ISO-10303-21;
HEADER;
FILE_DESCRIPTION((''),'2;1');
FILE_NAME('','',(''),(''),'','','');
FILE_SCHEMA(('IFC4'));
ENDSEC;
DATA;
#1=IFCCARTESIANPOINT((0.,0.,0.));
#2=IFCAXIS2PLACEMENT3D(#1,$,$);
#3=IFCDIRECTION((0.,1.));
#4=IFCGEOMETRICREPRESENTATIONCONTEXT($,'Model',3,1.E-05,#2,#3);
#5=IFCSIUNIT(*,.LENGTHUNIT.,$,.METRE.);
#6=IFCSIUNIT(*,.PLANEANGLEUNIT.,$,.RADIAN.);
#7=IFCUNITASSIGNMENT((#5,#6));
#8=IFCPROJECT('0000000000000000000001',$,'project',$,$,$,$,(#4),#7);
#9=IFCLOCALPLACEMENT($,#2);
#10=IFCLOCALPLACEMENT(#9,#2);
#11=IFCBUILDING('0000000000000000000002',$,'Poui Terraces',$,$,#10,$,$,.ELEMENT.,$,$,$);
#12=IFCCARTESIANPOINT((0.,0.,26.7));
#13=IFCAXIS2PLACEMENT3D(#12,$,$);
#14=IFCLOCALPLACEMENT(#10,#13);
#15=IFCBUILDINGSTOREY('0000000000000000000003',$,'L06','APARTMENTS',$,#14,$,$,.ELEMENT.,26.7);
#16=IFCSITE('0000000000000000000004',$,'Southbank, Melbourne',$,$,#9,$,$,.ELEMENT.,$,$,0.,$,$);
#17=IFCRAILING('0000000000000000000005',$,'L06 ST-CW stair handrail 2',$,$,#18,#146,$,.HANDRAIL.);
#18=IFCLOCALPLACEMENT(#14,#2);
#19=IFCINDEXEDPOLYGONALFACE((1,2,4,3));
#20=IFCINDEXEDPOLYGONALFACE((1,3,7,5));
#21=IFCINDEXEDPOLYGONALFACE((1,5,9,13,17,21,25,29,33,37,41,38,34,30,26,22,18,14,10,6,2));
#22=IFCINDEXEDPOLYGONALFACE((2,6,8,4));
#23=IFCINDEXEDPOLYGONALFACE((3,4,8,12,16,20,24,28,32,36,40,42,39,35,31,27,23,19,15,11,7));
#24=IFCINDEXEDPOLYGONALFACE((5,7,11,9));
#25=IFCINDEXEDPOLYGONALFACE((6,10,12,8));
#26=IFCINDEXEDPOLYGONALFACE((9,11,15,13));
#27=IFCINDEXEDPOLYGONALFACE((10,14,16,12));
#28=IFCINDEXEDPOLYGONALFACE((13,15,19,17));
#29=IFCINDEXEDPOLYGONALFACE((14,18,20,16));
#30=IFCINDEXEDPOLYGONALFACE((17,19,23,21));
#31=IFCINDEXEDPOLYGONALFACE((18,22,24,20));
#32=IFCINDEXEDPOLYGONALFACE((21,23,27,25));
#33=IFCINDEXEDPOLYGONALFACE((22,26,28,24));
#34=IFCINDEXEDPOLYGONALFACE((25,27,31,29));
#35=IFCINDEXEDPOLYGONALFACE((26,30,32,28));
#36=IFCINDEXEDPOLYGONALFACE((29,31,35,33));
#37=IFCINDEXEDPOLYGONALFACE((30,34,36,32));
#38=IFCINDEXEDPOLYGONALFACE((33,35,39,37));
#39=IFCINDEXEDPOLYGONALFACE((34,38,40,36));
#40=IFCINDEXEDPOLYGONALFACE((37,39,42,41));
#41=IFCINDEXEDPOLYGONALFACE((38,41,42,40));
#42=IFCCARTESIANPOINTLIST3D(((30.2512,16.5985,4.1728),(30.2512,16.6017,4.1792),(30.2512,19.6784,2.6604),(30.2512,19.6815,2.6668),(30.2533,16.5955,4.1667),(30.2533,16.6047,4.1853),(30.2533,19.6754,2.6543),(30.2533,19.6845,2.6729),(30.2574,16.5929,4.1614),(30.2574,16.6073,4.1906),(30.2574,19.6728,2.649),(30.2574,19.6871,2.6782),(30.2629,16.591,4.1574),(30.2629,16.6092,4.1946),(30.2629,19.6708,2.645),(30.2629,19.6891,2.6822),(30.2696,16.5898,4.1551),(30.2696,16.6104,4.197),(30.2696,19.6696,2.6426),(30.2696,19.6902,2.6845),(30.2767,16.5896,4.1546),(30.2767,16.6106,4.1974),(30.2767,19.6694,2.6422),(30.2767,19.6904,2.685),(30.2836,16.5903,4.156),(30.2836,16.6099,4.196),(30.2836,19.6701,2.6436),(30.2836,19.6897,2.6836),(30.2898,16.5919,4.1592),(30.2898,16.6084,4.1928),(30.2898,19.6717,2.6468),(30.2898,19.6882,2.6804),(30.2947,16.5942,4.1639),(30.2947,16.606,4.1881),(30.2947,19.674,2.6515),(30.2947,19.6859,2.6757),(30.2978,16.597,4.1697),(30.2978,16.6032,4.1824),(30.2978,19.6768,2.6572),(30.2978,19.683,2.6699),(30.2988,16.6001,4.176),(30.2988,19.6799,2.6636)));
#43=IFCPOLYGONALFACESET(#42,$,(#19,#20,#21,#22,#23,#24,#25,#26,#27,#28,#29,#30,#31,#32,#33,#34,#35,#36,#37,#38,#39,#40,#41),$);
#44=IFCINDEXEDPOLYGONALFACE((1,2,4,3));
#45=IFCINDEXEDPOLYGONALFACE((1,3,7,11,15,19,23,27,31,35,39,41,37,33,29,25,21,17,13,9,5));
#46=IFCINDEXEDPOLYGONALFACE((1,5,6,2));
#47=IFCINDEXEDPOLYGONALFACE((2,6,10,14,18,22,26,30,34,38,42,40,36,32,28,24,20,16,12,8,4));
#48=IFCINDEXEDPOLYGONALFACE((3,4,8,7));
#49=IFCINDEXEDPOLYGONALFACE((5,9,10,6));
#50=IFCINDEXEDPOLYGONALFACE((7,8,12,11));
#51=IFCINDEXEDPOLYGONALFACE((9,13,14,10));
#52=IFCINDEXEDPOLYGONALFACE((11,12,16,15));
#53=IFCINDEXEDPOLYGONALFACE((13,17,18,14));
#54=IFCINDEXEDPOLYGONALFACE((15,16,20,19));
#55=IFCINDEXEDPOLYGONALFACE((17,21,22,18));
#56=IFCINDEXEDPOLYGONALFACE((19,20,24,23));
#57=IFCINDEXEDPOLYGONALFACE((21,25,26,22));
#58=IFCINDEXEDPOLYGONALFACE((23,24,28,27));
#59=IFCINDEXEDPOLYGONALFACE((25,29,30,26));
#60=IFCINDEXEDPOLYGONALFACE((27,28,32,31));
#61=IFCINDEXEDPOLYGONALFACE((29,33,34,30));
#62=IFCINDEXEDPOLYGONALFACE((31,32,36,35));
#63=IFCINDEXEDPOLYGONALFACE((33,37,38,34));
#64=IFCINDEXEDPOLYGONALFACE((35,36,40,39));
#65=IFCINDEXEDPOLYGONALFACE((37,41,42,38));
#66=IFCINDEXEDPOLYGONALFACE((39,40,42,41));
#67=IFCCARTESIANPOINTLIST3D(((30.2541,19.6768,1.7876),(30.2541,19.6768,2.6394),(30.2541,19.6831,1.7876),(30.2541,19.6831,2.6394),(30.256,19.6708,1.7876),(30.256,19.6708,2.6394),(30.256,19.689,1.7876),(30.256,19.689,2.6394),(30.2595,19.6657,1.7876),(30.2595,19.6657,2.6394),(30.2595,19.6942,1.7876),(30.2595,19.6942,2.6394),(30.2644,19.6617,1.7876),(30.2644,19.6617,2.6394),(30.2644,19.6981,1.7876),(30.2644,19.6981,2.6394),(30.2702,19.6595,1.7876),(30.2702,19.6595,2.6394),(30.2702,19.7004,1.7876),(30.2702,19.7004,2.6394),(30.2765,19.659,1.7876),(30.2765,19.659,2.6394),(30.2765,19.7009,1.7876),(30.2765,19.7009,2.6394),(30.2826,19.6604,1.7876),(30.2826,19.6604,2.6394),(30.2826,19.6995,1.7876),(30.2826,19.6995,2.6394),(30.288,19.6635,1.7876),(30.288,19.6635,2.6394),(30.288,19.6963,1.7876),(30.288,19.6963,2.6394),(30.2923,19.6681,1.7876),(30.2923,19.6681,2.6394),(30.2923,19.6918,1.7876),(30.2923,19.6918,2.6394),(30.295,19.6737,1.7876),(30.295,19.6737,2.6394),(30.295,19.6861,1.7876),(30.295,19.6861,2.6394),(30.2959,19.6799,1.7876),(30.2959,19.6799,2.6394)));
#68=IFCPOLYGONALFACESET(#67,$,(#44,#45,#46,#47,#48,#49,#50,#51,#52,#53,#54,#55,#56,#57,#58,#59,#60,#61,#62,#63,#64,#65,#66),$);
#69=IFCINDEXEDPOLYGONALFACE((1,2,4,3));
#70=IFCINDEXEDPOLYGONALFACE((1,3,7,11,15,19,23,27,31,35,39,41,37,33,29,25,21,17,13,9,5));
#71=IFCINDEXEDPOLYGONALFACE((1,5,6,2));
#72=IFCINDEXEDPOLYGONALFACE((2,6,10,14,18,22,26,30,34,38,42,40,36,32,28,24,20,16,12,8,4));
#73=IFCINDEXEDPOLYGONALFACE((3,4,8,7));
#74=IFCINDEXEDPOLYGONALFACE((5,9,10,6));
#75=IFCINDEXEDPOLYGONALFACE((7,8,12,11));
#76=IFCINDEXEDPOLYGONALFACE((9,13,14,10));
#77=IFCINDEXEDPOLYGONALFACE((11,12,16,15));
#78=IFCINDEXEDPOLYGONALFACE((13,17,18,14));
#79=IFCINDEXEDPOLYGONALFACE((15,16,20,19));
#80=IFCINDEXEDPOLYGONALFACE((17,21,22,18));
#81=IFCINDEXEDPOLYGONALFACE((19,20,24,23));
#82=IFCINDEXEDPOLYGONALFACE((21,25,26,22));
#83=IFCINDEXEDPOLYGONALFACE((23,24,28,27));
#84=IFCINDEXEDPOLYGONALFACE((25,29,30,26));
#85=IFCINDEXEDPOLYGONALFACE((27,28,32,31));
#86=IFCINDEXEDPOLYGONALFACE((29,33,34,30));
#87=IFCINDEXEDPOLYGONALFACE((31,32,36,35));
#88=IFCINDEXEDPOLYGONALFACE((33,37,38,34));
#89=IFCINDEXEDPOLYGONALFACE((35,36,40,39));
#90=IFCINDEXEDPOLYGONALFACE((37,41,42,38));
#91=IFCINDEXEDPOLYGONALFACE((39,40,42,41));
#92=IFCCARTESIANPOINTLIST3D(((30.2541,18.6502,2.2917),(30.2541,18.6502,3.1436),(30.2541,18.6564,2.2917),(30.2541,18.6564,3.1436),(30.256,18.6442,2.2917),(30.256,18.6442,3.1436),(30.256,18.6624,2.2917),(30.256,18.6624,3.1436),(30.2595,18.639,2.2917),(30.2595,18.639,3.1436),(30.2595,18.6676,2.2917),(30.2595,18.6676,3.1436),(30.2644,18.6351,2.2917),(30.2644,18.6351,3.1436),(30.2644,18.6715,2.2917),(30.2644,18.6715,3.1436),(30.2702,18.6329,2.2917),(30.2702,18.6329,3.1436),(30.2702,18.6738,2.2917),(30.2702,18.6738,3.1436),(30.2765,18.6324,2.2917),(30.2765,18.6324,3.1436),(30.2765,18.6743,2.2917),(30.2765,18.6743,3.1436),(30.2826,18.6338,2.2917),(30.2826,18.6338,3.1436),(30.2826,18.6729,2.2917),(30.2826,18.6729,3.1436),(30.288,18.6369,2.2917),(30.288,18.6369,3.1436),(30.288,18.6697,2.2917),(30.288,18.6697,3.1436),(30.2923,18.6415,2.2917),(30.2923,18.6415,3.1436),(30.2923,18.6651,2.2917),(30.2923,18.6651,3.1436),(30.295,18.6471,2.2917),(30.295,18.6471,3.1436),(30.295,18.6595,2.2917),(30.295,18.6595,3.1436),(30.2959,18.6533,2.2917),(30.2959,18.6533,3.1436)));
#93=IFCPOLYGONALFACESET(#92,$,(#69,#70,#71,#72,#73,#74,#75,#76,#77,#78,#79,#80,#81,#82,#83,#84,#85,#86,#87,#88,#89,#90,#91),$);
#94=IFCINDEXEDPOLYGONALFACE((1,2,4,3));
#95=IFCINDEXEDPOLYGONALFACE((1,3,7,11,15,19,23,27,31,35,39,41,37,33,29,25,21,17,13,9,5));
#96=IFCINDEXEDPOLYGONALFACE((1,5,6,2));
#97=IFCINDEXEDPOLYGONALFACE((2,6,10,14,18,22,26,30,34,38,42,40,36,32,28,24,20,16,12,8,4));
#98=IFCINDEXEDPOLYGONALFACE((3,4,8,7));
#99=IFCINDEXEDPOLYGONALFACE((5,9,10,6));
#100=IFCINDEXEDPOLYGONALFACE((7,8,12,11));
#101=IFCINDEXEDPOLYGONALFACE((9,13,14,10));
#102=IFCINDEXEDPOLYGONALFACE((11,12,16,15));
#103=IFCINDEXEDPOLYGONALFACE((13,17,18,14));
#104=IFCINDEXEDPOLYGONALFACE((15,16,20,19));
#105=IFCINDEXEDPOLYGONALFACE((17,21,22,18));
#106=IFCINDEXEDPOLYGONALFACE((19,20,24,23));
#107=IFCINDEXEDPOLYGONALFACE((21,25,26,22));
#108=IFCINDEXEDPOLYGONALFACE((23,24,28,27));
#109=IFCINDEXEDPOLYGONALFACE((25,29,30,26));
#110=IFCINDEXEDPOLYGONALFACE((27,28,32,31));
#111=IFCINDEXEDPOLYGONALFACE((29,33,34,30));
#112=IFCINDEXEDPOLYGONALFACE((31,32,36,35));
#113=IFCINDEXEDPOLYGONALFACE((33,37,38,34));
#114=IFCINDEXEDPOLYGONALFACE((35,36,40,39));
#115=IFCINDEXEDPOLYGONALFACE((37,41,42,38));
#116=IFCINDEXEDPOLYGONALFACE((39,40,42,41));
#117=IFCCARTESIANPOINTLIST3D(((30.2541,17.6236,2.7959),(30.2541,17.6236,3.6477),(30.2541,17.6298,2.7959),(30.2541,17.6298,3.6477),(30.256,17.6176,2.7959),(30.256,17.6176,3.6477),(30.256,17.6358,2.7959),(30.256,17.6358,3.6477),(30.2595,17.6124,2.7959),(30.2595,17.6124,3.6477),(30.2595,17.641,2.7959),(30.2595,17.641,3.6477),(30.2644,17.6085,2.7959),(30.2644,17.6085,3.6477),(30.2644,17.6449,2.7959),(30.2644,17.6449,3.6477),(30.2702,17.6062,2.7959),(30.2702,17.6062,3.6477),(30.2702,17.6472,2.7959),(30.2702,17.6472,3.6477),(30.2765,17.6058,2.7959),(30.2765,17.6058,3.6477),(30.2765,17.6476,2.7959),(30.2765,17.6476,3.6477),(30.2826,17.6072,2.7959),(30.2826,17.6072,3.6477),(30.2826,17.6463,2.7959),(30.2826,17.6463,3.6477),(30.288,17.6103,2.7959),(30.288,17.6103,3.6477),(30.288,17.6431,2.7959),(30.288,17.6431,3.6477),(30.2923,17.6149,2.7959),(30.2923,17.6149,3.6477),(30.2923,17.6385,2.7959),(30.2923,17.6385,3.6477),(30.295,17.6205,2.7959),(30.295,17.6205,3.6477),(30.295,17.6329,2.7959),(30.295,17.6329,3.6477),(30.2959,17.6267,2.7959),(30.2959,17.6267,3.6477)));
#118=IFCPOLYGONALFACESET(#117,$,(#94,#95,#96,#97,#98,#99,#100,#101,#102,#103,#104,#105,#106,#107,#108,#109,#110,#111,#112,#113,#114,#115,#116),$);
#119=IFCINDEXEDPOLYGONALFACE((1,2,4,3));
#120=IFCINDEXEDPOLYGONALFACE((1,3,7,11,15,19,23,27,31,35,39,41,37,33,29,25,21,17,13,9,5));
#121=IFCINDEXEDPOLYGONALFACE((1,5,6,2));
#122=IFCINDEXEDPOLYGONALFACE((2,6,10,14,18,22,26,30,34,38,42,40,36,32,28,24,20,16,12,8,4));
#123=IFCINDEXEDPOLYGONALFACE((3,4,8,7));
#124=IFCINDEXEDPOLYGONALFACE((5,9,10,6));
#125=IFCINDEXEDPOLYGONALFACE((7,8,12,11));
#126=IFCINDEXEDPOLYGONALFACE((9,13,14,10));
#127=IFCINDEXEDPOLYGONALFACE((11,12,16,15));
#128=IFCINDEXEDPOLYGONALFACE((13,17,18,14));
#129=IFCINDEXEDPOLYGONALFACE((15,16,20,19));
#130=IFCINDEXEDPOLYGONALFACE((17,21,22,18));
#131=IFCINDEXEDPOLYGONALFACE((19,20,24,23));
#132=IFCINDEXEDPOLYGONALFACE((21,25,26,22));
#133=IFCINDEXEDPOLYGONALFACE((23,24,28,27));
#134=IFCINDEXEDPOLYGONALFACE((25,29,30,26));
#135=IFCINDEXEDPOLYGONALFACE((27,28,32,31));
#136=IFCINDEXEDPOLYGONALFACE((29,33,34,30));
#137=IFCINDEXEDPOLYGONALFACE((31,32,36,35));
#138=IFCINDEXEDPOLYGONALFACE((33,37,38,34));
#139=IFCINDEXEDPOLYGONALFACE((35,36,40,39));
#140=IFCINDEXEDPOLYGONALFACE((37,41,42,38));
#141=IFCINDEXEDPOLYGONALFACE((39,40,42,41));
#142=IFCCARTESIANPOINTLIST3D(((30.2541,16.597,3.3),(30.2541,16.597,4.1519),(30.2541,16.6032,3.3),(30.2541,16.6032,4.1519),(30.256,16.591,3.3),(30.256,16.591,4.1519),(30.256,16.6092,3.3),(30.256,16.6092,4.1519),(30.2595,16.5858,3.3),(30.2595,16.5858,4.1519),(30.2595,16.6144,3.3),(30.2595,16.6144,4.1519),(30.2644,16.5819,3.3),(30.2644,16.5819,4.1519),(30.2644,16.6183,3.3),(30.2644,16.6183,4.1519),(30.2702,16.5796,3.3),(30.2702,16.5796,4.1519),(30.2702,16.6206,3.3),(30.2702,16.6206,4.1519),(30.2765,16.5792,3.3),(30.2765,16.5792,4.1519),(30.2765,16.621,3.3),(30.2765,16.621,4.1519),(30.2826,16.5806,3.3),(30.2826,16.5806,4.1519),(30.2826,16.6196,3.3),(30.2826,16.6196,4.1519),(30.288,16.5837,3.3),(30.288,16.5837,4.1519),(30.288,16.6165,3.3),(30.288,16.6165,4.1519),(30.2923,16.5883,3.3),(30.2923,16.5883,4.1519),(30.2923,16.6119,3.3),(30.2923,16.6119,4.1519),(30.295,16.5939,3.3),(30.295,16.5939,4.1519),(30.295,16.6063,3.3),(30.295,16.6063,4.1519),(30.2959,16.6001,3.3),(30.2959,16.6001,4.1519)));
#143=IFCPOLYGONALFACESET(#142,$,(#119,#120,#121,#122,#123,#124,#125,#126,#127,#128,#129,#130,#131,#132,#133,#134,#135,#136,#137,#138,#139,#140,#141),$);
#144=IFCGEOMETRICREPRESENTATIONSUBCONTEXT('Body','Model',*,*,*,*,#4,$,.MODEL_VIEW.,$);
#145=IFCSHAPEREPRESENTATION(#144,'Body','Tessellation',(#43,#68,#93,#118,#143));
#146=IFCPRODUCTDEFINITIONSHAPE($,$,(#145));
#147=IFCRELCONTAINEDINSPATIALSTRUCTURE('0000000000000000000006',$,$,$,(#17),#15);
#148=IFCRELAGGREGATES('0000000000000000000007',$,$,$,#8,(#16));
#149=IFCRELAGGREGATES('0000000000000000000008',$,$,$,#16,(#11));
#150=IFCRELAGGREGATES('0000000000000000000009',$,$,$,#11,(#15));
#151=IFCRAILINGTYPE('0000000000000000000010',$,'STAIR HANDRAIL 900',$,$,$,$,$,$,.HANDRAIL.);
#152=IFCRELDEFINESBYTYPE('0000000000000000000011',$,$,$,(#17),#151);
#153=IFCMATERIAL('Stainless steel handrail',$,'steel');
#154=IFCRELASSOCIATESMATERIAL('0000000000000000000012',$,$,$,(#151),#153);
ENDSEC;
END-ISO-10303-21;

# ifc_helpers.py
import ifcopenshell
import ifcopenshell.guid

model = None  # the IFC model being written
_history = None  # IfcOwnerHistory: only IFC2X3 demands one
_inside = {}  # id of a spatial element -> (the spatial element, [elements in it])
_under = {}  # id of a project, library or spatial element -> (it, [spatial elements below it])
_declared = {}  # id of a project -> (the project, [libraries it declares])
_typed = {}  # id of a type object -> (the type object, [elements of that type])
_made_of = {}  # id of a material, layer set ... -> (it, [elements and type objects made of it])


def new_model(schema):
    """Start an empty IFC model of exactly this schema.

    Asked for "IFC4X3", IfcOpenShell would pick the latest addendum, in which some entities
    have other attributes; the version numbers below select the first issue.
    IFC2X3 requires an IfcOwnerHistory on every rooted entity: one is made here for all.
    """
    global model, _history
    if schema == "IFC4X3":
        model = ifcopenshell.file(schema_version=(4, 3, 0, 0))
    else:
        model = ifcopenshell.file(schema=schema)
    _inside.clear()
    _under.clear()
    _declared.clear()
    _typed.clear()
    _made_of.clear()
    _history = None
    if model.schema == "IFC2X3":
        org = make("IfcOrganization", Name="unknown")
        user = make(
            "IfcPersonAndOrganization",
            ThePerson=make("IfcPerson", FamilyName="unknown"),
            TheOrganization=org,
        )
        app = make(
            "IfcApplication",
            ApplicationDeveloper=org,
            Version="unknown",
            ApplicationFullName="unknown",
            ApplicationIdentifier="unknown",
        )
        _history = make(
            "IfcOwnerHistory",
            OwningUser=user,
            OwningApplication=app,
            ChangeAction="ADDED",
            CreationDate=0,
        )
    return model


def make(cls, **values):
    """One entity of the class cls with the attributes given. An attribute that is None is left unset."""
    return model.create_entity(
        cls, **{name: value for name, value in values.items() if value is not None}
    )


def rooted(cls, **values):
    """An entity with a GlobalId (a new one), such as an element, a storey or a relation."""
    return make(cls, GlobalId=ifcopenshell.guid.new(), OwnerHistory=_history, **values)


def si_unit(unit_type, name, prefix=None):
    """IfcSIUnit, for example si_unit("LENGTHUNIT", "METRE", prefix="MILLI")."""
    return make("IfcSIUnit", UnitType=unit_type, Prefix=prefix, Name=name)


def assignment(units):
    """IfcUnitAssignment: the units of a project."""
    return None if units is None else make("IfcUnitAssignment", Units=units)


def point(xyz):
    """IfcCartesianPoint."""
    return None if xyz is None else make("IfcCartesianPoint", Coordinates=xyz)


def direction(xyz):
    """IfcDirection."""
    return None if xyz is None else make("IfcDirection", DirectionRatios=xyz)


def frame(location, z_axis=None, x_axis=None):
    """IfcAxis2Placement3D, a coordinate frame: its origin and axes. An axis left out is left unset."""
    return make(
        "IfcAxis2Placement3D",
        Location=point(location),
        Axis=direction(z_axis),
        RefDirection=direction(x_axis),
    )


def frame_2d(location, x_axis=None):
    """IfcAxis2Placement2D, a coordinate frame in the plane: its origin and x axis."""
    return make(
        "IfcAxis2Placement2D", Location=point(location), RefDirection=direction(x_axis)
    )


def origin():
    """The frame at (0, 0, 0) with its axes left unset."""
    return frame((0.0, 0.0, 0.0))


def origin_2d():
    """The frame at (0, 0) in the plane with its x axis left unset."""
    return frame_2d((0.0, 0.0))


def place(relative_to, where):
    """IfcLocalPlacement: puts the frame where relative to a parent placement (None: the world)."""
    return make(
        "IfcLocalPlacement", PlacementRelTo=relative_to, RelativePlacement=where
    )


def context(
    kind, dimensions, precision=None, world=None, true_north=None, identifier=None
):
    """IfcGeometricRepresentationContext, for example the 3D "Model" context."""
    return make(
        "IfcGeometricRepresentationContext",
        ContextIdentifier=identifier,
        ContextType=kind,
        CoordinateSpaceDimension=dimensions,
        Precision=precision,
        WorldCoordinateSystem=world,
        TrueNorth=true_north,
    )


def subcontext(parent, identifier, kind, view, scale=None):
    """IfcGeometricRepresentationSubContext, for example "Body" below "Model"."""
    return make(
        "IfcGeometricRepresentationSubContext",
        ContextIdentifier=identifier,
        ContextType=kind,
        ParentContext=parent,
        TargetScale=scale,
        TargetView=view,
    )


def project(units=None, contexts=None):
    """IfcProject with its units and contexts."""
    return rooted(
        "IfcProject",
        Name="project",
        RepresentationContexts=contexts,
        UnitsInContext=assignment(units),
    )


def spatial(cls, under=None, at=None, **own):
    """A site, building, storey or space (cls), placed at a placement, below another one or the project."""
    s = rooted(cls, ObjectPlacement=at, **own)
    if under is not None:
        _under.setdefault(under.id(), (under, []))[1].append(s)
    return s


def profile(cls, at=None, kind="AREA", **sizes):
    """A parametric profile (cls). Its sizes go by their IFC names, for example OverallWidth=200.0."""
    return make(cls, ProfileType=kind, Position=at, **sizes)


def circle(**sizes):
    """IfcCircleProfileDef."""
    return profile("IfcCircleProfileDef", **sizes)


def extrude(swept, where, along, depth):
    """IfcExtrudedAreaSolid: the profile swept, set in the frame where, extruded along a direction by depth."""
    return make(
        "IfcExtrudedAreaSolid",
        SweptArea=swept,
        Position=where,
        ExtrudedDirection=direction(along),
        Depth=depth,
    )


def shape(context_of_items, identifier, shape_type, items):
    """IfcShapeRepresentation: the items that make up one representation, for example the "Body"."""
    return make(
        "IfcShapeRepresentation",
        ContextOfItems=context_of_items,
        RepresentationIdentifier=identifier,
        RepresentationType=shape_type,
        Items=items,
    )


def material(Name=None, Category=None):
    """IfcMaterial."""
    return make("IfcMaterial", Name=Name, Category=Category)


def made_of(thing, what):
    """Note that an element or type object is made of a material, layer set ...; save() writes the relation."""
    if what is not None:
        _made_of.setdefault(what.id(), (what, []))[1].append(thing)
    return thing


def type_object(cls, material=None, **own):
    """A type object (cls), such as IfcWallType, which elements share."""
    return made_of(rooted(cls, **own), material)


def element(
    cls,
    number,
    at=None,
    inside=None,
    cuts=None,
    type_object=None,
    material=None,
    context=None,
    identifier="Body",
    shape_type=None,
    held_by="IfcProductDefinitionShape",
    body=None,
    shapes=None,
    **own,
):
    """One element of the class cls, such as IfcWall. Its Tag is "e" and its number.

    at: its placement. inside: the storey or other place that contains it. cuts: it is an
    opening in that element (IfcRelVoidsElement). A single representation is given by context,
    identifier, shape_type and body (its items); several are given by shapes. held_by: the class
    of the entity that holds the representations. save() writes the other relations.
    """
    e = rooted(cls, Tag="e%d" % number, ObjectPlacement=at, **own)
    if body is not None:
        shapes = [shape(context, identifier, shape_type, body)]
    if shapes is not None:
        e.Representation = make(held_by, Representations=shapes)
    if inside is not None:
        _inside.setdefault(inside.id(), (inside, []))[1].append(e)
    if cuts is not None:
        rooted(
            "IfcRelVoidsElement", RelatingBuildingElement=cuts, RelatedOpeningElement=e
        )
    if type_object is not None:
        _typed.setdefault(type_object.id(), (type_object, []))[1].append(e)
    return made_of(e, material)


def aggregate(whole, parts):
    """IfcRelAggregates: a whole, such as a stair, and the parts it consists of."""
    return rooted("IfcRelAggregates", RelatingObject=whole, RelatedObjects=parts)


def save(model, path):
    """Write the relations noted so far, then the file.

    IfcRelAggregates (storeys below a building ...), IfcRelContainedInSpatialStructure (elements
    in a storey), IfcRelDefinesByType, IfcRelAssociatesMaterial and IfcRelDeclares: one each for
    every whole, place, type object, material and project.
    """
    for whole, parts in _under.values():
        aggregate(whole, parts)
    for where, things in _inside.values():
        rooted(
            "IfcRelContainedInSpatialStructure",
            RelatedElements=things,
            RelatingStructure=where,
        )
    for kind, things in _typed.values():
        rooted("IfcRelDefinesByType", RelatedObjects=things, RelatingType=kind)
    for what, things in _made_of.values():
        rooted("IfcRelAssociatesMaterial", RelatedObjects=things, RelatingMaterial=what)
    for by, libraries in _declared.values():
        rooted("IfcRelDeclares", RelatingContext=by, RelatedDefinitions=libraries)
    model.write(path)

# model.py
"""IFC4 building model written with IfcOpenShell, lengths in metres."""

from ifc_helpers import new_model, si_unit, direction, frame, origin, origin_2d, place, context, subcontext, project, spatial, circle, extrude, material, type_object, element, save


model = new_model("IFC4")

# Units and contexts
model_context = context("Model", 3, precision=1e-05, world=origin(), true_north=direction((0.0, 1.0)))
body_context = subcontext(model_context, "Body", "Model", "MODEL_VIEW")
ifc_project = project(units=[si_unit("LENGTHUNIT", "METRE"), si_unit("PLANEANGLEUNIT", "RADIAN")], contexts=[model_context])

# Site, building, storey
site_placement = place(None, origin())
site = spatial("IfcSite", under=ifc_project, at=site_placement, Name="Southbank, Melbourne", CompositionType="ELEMENT", RefElevation=0.0)
building_placement = place(site_placement, origin())
building = spatial("IfcBuilding", under=site, at=building_placement, Name="Poui Terraces", CompositionType="ELEMENT")
storey_placement = place(building_placement, frame((0.0, 0.0, 26.7)))
storey = spatial("IfcBuildingStorey", under=building, at=storey_placement, Name="L06", Description="APARTMENTS", CompositionType="ELEMENT", Elevation=26.7)

# Railing
ifc_material_1 = material(Name="Stainless steel handrail", Category="steel")
railing_type_1 = type_object("IfcRailingType", Name="STAIR HANDRAIL 900", PredefinedType="HANDRAIL", material=ifc_material_1)
railing_1_placement = place(storey_placement, frame((30.2749, 19.6799, 1.7876)))
element("IfcRailing", 1, at=railing_1_placement, inside=storey, type_object=railing_type_1, Name="L06 ST-CW stair handrail 2", PredefinedType="HANDRAIL", context=body_context, shape_type="SweptSolid", body=[
    extrude(circle(Radius=0.0239, at=origin_2d()), frame((0.0, 0.0, 0.876), z_axis=(0.0, -0.897606, 0.440798), x_axis=(1.0, 0.0, 0.0)), (0.0, 0.0, 1.0), 3.4312),
    extrude(circle(Radius=0.021, at=origin_2d()), origin(), (0.0, 0.0, 1.0), 0.8518),
    extrude(circle(Radius=0.021, at=origin_2d()), frame((0.0, -1.0266, 0.5042)), (0.0, 0.0, 1.0), 0.8518),
    extrude(circle(Radius=0.021, at=origin_2d()), frame((0.0, -2.0532, 1.0083)), (0.0, 0.0, 1.0), 0.8518),
    extrude(circle(Radius=0.021, at=origin_2d()), frame((0.0, -3.0798, 1.5125)), (0.0, 0.0, 1.0), 0.8518),
])

save(model, "model.ifc")
